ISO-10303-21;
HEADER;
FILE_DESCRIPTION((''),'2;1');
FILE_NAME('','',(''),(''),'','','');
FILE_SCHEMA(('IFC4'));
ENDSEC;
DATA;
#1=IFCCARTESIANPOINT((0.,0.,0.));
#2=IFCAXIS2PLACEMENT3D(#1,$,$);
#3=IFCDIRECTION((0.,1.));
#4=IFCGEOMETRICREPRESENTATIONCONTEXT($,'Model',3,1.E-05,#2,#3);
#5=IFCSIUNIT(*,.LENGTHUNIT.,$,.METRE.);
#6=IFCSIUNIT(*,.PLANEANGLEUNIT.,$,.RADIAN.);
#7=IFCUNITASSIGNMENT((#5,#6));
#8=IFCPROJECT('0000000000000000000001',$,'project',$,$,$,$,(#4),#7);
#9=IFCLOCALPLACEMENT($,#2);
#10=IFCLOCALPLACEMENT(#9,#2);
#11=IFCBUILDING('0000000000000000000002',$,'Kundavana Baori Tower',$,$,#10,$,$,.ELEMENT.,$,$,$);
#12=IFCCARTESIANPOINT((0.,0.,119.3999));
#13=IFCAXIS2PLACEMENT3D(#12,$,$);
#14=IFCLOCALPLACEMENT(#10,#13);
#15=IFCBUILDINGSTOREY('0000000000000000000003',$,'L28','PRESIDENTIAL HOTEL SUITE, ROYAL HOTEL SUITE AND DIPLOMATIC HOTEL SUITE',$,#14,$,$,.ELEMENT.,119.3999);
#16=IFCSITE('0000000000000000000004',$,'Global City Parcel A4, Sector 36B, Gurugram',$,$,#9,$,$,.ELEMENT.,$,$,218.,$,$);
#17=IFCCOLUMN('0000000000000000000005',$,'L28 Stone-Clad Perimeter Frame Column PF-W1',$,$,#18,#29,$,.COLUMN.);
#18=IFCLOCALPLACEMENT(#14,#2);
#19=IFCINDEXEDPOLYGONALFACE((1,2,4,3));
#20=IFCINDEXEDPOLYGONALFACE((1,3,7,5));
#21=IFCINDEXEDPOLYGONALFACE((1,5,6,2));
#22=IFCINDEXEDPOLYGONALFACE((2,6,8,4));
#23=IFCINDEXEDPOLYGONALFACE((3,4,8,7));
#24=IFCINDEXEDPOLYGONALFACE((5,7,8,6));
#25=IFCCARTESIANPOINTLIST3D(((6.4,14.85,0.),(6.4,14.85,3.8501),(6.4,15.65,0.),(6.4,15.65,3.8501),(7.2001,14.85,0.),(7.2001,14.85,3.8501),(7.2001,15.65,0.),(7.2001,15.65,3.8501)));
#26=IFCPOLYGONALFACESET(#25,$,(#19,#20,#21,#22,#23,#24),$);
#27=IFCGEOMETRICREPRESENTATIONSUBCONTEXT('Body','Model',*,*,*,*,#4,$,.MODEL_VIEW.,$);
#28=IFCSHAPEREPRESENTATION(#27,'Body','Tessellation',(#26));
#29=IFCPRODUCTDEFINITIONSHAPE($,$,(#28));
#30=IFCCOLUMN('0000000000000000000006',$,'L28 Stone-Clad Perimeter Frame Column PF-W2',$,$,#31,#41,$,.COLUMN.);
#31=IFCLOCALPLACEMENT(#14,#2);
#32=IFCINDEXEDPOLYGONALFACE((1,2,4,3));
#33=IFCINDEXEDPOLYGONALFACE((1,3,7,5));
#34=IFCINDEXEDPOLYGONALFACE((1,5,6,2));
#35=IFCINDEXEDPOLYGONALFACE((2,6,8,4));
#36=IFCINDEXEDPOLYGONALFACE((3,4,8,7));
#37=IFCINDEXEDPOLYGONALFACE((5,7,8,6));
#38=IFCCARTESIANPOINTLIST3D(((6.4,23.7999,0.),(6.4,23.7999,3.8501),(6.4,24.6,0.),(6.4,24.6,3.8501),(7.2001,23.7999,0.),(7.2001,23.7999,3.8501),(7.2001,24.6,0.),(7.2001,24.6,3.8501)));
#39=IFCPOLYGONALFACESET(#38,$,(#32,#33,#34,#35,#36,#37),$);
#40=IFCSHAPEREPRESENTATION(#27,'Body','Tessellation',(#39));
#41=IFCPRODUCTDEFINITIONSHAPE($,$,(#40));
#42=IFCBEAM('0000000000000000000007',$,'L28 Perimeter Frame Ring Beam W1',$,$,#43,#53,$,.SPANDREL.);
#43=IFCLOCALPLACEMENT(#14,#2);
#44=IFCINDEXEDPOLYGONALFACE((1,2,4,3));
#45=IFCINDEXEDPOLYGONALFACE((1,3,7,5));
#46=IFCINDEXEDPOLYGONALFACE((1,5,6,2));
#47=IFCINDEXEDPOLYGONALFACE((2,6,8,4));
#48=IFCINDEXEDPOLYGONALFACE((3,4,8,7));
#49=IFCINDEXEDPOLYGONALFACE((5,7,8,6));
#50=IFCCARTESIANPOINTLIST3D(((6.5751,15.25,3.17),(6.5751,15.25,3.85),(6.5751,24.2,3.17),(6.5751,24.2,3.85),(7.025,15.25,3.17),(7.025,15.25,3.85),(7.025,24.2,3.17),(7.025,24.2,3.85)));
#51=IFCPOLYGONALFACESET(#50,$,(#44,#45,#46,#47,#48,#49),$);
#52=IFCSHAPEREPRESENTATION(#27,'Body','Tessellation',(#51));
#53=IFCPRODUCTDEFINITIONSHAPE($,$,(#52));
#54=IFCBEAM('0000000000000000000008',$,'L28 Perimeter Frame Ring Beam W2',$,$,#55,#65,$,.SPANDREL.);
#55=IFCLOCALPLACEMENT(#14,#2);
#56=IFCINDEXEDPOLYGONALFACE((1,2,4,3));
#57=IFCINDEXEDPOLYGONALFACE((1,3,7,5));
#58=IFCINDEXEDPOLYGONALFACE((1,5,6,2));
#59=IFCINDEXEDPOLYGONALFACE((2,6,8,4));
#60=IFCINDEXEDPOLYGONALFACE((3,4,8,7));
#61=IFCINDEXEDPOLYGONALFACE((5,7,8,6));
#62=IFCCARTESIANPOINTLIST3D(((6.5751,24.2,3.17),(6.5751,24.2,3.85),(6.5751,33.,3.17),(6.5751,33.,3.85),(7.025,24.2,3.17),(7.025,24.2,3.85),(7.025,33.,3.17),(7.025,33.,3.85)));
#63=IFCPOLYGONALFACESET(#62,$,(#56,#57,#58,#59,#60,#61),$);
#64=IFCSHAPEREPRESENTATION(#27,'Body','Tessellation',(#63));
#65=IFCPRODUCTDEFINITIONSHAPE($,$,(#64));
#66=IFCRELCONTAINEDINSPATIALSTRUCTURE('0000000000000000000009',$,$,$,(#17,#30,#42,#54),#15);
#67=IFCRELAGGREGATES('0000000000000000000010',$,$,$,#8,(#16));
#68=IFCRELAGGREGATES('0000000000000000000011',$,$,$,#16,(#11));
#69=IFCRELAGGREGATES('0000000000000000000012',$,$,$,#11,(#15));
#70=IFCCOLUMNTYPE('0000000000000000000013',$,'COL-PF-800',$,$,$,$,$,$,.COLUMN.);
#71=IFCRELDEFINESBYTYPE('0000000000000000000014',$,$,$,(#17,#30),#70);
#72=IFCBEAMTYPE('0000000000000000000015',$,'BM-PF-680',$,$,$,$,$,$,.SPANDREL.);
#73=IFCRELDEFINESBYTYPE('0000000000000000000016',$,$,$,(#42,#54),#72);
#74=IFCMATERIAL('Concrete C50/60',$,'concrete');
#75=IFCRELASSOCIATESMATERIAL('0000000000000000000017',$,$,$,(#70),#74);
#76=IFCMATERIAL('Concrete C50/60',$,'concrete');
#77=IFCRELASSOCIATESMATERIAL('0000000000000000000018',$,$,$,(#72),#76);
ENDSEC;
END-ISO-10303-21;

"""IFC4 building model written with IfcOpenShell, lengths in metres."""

from ifc_helpers import new_model, si_unit, direction, frame, origin, origin_2d, place, context, subcontext, project, spatial, rectangle, extrude, material, material_profile, profile_set, type_object, element, save


model = new_model("IFC4")

# Units and contexts
model_context = context("Model", 3, precision=1e-05, world=origin(), true_north=direction((0.0, 1.0)))
body_context = subcontext(model_context, "Body", "Model", "MODEL_VIEW")
ifc_project = project(units=[si_unit("LENGTHUNIT", "METRE"), si_unit("PLANEANGLEUNIT", "RADIAN")], contexts=[model_context])

# Site, building, storey
site_placement = place(None, origin())
site = spatial("IfcSite", under=ifc_project, at=site_placement, Name="Global City Parcel A4, Sector 36B, Gurugram", CompositionType="ELEMENT", RefElevation=218.0)
building_placement = place(site_placement, origin())
building = spatial("IfcBuilding", under=site, at=building_placement, Name="Kundavana Baori Tower", CompositionType="ELEMENT")
storey_placement = place(building_placement, frame((0.0, 0.0, 119.3999)))
storey = spatial("IfcBuildingStorey", under=building, at=storey_placement, Name="L28", Description="PRESIDENTIAL HOTEL SUITE, ROYAL HOTEL SUITE AND DIPLOMATIC HOTEL SUITE", CompositionType="ELEMENT", Elevation=119.3999)

# Columns
ifc_material_1 = material(Name="Concrete C50/60", Category="concrete")
ifc_material_profile_1 = material_profile(ifc_material_1, rectangle(XDim=0.8, YDim=0.8, at=origin_2d()), Name="RC PF 800x800")
ifc_profile_set_1 = profile_set([ifc_material_profile_1], Name="Concrete C50/60")
column_type = type_object("IfcColumnType", Name="COL-PF-800", PredefinedType="COLUMN", material=ifc_profile_set_1)
for number, where, z_axis, x_axis, name in (
    (1, (6.8, 15.25, 0.0), (0.0, 0.0, 1.0), (1.0, 0.0, 0.0), "L28 Stone-Clad Perimeter Frame Column PF-W1"),
    (2, (6.8, 24.2, 0.0), (0.0, 0.0, 1.0), (1.0, 0.0, 0.0), "L28 Stone-Clad Perimeter Frame Column PF-W2"),
):
    element("IfcColumn", number, at=place(storey_placement, frame(where, z_axis=z_axis, x_axis=x_axis)), inside=storey, type_object=column_type, Name=name, PredefinedType="COLUMN", context=body_context, shape_type="SweptSolid", body=[
        extrude(rectangle(XDim=0.8, YDim=0.8, at=origin_2d()), origin(), (0.0, 0.0, 1.0), 3.8501),
    ])

# Beams
ifc_material_2 = material(Name="Concrete C50/60", Category="concrete")
ifc_material_profile_2 = material_profile(ifc_material_2, rectangle(XDim=0.45, YDim=0.6799, at=origin_2d()), Name="RC BM 450x680")
ifc_profile_set_2 = profile_set([ifc_material_profile_2], Name="Concrete C50/60")
beam_type = type_object("IfcBeamType", Name="BM-PF-680", PredefinedType="SPANDREL", material=ifc_profile_set_2)
beam_1_placement = place(storey_placement, frame((6.8, 15.25, 3.51), z_axis=(0.0, 1.0, 0.0), x_axis=(-1.0, 0.0, 0.0)))
element("IfcBeam", 3, at=beam_1_placement, inside=storey, type_object=beam_type, Name="L28 Perimeter Frame Ring Beam W1", PredefinedType="SPANDREL", context=body_context, shape_type="SweptSolid", body=[
    extrude(rectangle(XDim=0.45, YDim=0.6799, at=origin_2d()), origin(), (0.0, 0.0, 1.0), 8.95),
])
beam_2_placement = place(storey_placement, frame((6.8, 24.2, 3.51), z_axis=(0.0, 1.0, 0.0), x_axis=(-1.0, 0.0, 0.0)))
element("IfcBeam", 4, at=beam_2_placement, inside=storey, type_object=beam_type, Name="L28 Perimeter Frame Ring Beam W2", PredefinedType="SPANDREL", context=body_context, shape_type="SweptSolid", body=[
    extrude(rectangle(XDim=0.45, YDim=0.6799, at=origin_2d()), origin(), (0.0, 0.0, 1.0), 8.8),
])

save(model, "model.ifc")
